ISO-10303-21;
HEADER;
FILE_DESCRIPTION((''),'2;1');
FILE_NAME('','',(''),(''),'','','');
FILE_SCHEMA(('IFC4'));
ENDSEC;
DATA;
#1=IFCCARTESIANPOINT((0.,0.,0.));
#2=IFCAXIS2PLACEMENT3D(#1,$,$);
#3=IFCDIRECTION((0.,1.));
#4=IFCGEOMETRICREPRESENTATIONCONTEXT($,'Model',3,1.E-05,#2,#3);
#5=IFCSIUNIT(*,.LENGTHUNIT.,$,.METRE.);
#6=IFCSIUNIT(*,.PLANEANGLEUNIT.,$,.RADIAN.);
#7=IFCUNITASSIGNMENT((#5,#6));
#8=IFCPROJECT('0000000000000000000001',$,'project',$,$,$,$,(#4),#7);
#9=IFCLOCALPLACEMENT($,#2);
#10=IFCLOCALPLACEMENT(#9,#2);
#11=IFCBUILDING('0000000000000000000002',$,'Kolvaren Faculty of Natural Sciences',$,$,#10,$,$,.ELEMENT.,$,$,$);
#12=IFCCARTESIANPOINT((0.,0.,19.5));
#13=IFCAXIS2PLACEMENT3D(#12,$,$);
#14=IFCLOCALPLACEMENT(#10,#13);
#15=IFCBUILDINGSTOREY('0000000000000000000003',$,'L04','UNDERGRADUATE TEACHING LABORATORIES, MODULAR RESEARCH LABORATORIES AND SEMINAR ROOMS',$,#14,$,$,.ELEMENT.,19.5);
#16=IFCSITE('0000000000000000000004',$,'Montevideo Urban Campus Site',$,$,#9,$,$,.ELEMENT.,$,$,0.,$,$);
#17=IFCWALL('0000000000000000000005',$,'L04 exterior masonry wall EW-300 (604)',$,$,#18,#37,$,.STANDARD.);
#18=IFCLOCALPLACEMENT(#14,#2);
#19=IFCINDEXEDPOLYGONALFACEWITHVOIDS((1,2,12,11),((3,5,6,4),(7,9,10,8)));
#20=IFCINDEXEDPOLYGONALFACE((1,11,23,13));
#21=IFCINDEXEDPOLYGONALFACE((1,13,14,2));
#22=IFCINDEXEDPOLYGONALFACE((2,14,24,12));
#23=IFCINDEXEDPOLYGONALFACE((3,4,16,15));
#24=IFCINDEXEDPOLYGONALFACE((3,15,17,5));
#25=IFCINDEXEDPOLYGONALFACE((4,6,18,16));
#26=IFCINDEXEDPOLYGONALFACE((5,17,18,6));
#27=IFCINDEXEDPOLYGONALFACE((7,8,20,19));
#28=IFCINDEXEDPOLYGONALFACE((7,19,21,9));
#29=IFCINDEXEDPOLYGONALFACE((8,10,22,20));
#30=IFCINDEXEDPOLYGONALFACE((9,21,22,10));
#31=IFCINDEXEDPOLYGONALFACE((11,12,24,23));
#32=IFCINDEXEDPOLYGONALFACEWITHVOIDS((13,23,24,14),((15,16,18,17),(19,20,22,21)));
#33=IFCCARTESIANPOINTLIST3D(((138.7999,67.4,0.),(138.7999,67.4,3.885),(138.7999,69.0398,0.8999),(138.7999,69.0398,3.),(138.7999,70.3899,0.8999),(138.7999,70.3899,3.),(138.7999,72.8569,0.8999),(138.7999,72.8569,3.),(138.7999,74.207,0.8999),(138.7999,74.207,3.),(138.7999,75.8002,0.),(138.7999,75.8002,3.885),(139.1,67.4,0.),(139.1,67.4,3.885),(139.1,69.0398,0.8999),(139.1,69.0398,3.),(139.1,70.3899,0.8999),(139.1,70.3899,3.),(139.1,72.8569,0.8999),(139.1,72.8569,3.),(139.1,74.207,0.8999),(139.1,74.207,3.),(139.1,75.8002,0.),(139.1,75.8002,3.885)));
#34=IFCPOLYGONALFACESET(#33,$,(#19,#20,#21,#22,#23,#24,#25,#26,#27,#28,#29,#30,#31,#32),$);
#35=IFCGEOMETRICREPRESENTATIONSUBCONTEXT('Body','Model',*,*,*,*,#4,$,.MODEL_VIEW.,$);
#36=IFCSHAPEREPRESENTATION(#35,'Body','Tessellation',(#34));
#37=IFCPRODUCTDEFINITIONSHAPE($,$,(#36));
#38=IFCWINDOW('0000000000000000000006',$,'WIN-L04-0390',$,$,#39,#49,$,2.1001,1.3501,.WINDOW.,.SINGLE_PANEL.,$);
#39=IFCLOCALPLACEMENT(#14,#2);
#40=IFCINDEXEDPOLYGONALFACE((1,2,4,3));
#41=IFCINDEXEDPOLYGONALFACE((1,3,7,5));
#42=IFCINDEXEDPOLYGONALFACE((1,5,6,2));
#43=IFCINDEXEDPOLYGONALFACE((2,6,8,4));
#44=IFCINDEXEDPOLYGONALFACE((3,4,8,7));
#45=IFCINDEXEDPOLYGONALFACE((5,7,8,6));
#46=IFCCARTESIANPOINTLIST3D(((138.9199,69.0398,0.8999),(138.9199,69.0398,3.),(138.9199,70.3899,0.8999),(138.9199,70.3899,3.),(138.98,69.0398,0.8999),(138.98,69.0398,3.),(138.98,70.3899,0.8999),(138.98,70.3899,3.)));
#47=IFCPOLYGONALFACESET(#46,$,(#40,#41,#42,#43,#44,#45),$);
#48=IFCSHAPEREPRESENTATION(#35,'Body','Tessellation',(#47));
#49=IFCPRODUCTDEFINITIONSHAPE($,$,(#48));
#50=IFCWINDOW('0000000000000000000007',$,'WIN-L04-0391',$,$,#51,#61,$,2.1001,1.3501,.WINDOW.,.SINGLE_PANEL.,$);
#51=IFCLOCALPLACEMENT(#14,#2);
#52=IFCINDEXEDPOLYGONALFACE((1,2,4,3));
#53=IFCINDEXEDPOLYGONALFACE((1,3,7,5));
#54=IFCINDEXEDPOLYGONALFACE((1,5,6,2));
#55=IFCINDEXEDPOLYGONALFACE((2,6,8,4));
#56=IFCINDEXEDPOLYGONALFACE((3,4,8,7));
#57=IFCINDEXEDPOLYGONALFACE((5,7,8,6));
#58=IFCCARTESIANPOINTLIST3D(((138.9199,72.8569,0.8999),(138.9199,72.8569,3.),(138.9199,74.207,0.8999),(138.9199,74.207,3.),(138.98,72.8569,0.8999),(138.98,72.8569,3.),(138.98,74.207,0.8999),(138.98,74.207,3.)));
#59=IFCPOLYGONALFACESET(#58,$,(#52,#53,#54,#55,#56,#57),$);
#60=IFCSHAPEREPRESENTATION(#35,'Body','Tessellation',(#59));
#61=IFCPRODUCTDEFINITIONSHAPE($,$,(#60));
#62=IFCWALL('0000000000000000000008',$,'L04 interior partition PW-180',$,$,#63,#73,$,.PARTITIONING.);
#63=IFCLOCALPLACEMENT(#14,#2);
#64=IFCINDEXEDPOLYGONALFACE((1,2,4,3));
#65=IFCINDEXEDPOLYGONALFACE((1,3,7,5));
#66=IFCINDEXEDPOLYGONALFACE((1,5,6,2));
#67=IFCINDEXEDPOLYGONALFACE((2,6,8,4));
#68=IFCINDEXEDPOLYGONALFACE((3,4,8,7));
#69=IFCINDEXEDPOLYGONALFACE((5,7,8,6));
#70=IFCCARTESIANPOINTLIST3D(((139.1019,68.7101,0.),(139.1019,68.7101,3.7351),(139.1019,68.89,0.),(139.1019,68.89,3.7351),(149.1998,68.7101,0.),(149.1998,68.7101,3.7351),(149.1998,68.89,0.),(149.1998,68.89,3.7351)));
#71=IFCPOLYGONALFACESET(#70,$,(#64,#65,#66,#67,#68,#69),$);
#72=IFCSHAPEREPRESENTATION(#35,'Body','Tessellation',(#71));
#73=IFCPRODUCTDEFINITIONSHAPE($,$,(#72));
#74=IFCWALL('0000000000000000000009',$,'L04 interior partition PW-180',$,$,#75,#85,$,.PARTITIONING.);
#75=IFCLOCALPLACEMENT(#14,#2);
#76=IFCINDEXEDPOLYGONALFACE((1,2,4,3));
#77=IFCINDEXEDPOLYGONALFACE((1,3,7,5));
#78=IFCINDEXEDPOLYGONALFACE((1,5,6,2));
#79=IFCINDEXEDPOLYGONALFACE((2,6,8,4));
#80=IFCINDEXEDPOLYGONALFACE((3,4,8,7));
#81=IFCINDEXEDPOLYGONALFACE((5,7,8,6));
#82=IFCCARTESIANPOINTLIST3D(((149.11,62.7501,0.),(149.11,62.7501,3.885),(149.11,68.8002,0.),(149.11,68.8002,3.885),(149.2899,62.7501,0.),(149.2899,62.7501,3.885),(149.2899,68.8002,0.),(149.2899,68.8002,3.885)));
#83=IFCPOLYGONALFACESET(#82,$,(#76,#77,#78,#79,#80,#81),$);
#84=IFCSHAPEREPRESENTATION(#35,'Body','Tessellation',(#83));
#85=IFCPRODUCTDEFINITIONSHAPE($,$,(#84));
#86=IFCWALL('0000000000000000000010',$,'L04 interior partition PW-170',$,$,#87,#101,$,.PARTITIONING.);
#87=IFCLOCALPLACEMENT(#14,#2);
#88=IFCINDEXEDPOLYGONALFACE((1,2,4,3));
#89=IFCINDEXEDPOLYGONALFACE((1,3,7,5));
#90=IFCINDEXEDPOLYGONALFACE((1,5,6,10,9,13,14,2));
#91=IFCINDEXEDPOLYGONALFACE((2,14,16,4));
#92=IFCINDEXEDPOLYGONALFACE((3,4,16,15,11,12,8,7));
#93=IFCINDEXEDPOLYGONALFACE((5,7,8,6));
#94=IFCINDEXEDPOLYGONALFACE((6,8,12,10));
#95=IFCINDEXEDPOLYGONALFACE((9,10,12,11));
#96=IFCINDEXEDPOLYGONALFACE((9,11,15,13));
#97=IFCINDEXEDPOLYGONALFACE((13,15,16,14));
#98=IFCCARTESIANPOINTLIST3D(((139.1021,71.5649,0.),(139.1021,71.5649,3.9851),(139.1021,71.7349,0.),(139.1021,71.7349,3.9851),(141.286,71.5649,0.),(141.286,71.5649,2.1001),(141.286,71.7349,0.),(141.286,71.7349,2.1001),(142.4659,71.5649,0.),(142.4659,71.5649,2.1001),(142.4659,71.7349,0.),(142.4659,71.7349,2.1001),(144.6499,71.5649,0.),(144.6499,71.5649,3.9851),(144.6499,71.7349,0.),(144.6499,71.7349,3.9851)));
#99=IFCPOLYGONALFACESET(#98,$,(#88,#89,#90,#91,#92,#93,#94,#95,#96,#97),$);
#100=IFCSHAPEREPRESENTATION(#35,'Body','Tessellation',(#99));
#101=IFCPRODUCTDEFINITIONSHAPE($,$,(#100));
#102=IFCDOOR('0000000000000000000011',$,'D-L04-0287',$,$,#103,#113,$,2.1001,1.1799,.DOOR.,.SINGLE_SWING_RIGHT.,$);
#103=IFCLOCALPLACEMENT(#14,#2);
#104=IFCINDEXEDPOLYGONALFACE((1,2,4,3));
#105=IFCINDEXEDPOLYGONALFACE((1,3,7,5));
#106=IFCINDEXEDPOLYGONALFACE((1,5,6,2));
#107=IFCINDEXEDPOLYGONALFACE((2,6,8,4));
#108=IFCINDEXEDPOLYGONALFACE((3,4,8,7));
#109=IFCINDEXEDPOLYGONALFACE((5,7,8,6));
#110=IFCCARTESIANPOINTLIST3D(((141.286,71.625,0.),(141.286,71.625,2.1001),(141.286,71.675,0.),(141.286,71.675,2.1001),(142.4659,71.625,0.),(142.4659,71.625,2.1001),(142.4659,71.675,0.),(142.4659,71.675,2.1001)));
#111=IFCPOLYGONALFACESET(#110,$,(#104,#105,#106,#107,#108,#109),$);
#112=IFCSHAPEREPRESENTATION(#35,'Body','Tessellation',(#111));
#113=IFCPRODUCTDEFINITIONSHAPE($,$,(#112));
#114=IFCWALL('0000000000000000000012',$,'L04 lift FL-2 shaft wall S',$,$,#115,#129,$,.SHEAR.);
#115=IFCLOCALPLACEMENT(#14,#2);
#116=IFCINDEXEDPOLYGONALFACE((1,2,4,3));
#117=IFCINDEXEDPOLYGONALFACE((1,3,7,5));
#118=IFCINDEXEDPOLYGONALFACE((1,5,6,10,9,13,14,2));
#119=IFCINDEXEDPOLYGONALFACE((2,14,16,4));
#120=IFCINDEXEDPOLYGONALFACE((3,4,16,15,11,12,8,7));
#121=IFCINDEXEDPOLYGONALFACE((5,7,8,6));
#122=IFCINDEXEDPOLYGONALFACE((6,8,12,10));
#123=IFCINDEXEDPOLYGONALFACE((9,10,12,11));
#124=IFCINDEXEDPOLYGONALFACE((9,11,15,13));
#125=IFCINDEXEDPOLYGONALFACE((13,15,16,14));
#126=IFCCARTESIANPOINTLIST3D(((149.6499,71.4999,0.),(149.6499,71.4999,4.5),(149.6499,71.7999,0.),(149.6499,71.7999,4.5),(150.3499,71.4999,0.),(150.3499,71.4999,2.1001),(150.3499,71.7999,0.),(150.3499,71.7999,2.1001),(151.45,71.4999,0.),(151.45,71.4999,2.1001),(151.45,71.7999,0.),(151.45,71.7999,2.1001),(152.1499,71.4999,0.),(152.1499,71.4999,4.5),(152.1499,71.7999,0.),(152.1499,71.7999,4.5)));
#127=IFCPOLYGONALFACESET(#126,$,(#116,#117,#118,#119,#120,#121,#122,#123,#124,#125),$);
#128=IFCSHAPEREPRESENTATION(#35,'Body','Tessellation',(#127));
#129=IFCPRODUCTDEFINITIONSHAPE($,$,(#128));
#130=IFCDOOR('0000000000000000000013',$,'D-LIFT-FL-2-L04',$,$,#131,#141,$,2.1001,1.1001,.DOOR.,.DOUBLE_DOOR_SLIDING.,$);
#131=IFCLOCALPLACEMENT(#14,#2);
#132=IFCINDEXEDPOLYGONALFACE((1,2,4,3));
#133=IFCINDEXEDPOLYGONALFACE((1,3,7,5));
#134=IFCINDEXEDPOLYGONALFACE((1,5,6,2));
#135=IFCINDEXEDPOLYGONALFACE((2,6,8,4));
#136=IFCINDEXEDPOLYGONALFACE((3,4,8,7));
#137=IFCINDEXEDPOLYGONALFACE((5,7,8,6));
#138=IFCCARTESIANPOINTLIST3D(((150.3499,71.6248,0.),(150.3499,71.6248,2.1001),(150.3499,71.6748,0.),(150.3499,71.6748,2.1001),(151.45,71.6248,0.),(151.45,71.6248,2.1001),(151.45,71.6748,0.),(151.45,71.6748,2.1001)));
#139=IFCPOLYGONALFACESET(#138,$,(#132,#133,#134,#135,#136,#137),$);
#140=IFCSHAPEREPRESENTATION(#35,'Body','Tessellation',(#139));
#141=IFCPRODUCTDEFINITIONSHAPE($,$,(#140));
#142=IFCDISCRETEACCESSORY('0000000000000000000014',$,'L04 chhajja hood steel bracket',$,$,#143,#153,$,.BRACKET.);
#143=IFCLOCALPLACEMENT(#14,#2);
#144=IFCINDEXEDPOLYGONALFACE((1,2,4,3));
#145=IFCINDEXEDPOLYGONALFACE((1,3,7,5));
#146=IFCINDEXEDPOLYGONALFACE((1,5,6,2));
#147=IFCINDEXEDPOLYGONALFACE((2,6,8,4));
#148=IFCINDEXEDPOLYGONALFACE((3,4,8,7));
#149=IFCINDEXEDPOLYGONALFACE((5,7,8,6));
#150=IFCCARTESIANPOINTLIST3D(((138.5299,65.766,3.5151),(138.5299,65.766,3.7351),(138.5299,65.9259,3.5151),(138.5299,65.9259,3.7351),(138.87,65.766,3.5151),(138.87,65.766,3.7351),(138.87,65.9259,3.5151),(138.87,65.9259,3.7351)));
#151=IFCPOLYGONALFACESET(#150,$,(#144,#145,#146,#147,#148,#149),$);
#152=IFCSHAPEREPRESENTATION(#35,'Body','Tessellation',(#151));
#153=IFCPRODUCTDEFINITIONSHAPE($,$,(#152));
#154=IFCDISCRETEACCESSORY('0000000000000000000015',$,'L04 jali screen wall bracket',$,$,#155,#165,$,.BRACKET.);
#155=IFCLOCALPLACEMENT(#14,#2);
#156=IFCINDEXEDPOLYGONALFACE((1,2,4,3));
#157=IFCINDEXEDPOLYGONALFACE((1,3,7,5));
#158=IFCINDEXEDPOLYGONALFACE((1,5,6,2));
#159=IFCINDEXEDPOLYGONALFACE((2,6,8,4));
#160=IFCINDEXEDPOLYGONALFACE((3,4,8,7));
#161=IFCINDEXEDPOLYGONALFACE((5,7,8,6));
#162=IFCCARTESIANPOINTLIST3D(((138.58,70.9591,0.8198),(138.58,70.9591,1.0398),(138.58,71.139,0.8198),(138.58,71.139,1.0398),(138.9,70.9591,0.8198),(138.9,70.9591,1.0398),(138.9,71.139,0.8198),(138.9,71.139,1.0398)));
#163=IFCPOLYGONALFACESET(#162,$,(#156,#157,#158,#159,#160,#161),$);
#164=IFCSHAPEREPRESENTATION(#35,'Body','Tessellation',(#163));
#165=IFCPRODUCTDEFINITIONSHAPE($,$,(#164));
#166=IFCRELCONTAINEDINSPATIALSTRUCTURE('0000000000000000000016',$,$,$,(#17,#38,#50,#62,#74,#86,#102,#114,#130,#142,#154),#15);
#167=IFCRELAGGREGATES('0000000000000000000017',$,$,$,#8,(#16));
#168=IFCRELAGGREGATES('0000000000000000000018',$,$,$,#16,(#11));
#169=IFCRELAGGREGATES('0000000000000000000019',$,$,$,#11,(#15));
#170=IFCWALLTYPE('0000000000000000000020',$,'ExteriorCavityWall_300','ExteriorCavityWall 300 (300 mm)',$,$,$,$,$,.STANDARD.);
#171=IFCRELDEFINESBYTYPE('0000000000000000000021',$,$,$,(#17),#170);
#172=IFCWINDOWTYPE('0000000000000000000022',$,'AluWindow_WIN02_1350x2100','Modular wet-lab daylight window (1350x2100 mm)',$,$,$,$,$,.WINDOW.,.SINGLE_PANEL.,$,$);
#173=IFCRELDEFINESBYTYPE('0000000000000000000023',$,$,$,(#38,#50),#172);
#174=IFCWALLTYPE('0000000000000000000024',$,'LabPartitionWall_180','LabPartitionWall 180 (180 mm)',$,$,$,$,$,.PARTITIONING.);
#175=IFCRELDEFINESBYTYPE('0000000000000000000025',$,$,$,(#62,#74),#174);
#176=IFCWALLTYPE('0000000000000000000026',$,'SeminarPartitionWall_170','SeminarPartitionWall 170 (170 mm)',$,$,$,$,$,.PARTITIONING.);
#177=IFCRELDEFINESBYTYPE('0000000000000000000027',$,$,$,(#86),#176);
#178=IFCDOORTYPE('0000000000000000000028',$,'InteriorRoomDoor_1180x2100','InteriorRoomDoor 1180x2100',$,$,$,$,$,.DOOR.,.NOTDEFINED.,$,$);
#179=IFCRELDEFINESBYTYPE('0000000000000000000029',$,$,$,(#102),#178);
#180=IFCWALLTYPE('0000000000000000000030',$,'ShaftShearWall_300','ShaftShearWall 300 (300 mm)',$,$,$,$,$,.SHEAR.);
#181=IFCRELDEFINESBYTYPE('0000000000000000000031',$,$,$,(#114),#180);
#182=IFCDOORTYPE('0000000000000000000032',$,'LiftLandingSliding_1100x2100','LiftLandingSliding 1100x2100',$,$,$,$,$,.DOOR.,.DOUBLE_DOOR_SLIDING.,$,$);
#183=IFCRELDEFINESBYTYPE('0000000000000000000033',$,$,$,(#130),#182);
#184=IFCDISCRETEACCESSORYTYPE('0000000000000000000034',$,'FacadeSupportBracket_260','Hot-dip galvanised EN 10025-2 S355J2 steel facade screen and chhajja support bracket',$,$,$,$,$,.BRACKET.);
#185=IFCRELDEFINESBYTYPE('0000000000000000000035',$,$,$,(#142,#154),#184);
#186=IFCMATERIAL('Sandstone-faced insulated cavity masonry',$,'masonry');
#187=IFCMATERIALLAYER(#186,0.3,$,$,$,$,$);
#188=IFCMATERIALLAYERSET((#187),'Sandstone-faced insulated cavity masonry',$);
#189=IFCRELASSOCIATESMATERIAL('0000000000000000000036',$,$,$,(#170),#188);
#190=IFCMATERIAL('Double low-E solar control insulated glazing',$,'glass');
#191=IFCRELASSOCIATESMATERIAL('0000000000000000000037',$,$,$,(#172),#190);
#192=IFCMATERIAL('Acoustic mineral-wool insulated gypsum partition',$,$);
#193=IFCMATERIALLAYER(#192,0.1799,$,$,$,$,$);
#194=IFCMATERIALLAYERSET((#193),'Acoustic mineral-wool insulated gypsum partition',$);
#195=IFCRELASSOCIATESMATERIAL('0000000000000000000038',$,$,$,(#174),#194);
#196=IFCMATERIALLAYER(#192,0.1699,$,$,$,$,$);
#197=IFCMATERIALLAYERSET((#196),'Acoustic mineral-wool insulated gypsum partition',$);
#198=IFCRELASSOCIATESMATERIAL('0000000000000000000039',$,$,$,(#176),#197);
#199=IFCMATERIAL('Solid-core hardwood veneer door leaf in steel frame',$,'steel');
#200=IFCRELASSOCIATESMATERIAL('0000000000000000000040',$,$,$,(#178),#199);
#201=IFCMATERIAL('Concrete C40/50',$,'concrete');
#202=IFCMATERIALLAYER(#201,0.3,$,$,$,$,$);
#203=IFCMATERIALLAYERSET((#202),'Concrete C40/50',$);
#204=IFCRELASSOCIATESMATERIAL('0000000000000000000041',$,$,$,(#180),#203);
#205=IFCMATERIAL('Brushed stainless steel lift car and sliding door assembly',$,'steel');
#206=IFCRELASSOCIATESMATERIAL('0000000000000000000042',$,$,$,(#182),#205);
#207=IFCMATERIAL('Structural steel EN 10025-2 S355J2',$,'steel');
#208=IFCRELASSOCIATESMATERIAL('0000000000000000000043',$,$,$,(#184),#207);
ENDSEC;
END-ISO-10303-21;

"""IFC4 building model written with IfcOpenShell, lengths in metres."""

from ifc_helpers import new_model, si_unit, direction, frame, frame_2d, origin, origin_2d, place, context, subcontext, project, spatial, rectangle, extrude, material, layer, layer_set, type_object, element, fill, save


model = new_model("IFC4")

# Units and contexts
model_context = context("Model", 3, precision=1e-05, world=origin(), true_north=direction((0.0, 1.0)))
body_context = subcontext(model_context, "Body", "Model", "MODEL_VIEW")
ifc_project = project(units=[si_unit("LENGTHUNIT", "METRE"), si_unit("PLANEANGLEUNIT", "RADIAN")], contexts=[model_context])

# Site, building, storey
site_placement = place(None, origin())
site = spatial("IfcSite", under=ifc_project, at=site_placement, Name="Montevideo Urban Campus Site", CompositionType="ELEMENT", RefElevation=0.0)
building_placement = place(site_placement, origin())
building = spatial("IfcBuilding", under=site, at=building_placement, Name="Kolvaren Faculty of Natural Sciences", CompositionType="ELEMENT")
storey_placement = place(building_placement, frame((0.0, 0.0, 19.5)))
storey = spatial("IfcBuildingStorey", under=building, at=storey_placement, Name="L04", Description="UNDERGRADUATE TEACHING LABORATORIES, MODULAR RESEARCH LABORATORIES AND SEMINAR ROOMS", CompositionType="ELEMENT", Elevation=19.5)

# Shared definitions
ifc_material_1 = material(Name="Concrete C40/50", Category="concrete")

# Shared definitions
ifc_material_2 = material(Name="Acoustic mineral-wool insulated gypsum partition")
ifc_material_3 = material(Name="Solid-core hardwood veneer door leaf in steel frame", Category="steel")

# Wall, openings, windows
ifc_material_4 = material(Name="Sandstone-faced insulated cavity masonry", Category="masonry")
ifc_layer_1 = layer(ifc_material_4, 0.3)
ifc_layer_set_1 = layer_set([ifc_layer_1], Name="Sandstone-faced insulated cavity masonry")
wall_type_1 = type_object("IfcWallType", Name="ExteriorCavityWall_300", Description="ExteriorCavityWall 300 (300 mm)", PredefinedType="STANDARD", material=ifc_layer_set_1)
wall_1_placement = place(storey_placement, frame((138.95, 67.3999, 0.0), z_axis=(0.0, 0.0, 1.0), x_axis=(0.0, 1.0, 0.0)))
wall_1 = element("IfcWall", 1, at=wall_1_placement, inside=storey, type_object=wall_type_1, Name="L04 exterior masonry wall EW-300 (604)", PredefinedType="STANDARD", context=body_context, shape_type="SweptSolid", body=[
    extrude(rectangle(XDim=8.4001, YDim=0.3, at=frame_2d((4.2002, 0.0))), origin(), (0.0, 0.0, 1.0), 3.885),
])
opening_1_placement = place(wall_1_placement, frame((1.6399, 0.0, 0.8999)))
opening_1 = element("IfcOpeningElement", 2, at=opening_1_placement, cuts=wall_1, PredefinedType="OPENING", context=body_context, shape_type="SweptSolid", body=[
    extrude(rectangle(XDim=1.3501, YDim=2.1001, at=frame_2d((0.675, 1.05))), frame((0.0, 0.1599, 0.0), z_axis=(0.0, -1.0, 0.0), x_axis=(1.0, 0.0, 0.0)), (0.0, 0.0, 1.0), 0.3201),
])
opening_2_placement = place(wall_1_placement, frame((5.457, 0.0, 0.8999)))
opening_2 = element("IfcOpeningElement", 3, at=opening_2_placement, cuts=wall_1, PredefinedType="OPENING", context=body_context, shape_type="SweptSolid", body=[
    extrude(rectangle(XDim=1.3501, YDim=2.1001, at=frame_2d((0.675, 1.05))), frame((0.0, 0.1599, 0.0), z_axis=(0.0, -1.0, 0.0), x_axis=(1.0, 0.0, 0.0)), (0.0, 0.0, 1.0), 0.3201),
])
ifc_material_5 = material(Name="Double low-E solar control insulated glazing", Category="glass")
window_type = type_object("IfcWindowType", Name="AluWindow_WIN02_1350x2100", Description="Modular wet-lab daylight window (1350x2100 mm)", PartitioningType="SINGLE_PANEL", PredefinedType="WINDOW", material=ifc_material_5)
window_1_placement = place(opening_1_placement, origin())
window_1 = element("IfcWindow", 4, at=window_1_placement, inside=storey, type_object=window_type, Name="WIN-L04-0390", OverallHeight=2.1001, OverallWidth=1.3501, PartitioningType="SINGLE_PANEL", PredefinedType="WINDOW", context=body_context, shape_type="SweptSolid", body=[
    extrude(rectangle(XDim=1.3501, YDim=2.1001, at=frame_2d((0.675, 1.05))), frame((0.0, 0.03, 0.0), z_axis=(0.0, -1.0, 0.0), x_axis=(1.0, 0.0, 0.0)), (0.0, 0.0, 1.0), 0.0601),
])
fill(opening_1, window_1)
window_2_placement = place(opening_2_placement, origin())
window_2 = element("IfcWindow", 5, at=window_2_placement, inside=storey, type_object=window_type, Name="WIN-L04-0391", OverallHeight=2.1001, OverallWidth=1.3501, PartitioningType="SINGLE_PANEL", PredefinedType="WINDOW", context=body_context, shape_type="SweptSolid", body=[
    extrude(rectangle(XDim=1.3501, YDim=2.1001, at=frame_2d((0.675, 1.05))), frame((0.0, 0.03, 0.0), z_axis=(0.0, -1.0, 0.0), x_axis=(1.0, 0.0, 0.0)), (0.0, 0.0, 1.0), 0.0601),
])
fill(opening_2, window_2)

# Walls
ifc_layer_2 = layer(ifc_material_2, 0.1799)
ifc_layer_set_2 = layer_set([ifc_layer_2], Name="Acoustic mineral-wool insulated gypsum partition")
wall_type_2 = type_object("IfcWallType", Name="LabPartitionWall_180", Description="LabPartitionWall 180 (180 mm)", PredefinedType="PARTITIONING", material=ifc_layer_set_2)
wall_2_placement = place(storey_placement, frame((139.1021, 68.8, 0.0), z_axis=(0.0, 0.0, 1.0), x_axis=(1.0, 0.0, 0.0)))
element("IfcWall", 6, at=wall_2_placement, inside=storey, type_object=wall_type_2, Name="L04 interior partition PW-180", PredefinedType="PARTITIONING", context=body_context, shape_type="SweptSolid", body=[
    extrude(rectangle(XDim=10.0979, YDim=0.1799, at=frame_2d((5.0488, 0.0))), origin(), (0.0, 0.0, 1.0), 3.7351),
])
wall_3_placement = place(storey_placement, frame((149.2, 68.8, 0.0), z_axis=(0.0, 0.0, 1.0), x_axis=(0.0, -1.0, 0.0)))
element("IfcWall", 7, at=wall_3_placement, inside=storey, type_object=wall_type_2, Name="L04 interior partition PW-180", PredefinedType="PARTITIONING", context=body_context, shape_type="SweptSolid", body=[
    extrude(rectangle(XDim=6.05, YDim=0.1799, at=frame_2d((3.0249, 0.0))), origin(), (0.0, 0.0, 1.0), 3.885),
])

# Walls, openings, doors
ifc_layer_3 = layer(ifc_material_2, 0.1699)
ifc_layer_set_3 = layer_set([ifc_layer_3], Name="Acoustic mineral-wool insulated gypsum partition")
wall_type_3 = type_object("IfcWallType", Name="SeminarPartitionWall_170", Description="SeminarPartitionWall 170 (170 mm)", PredefinedType="PARTITIONING", material=ifc_layer_set_3)
wall_4_placement = place(storey_placement, frame((144.6499, 71.6499, 0.0), z_axis=(0.0, 0.0, 1.0), x_axis=(-1.0, 0.0, 0.0)))
wall_4 = element("IfcWall", 8, at=wall_4_placement, inside=storey, type_object=wall_type_3, Name="L04 interior partition PW-170", PredefinedType="PARTITIONING", context=body_context, shape_type="SweptSolid", body=[
    extrude(rectangle(XDim=5.5479, YDim=0.1699, at=frame_2d((2.7739, 0.0))), origin(), (0.0, 0.0, 1.0), 3.9851),
])
opening_3_placement = place(wall_4_placement, frame((2.1841, 0.0, 0.0)))
opening_3 = element("IfcOpeningElement", 9, at=opening_3_placement, cuts=wall_4, PredefinedType="OPENING", context=body_context, shape_type="SweptSolid", body=[
    extrude(rectangle(XDim=1.1799, YDim=2.1001, at=frame_2d((0.5898, 1.05))), frame((0.0, 0.095, 0.0), z_axis=(0.0, -1.0, 0.0), x_axis=(1.0, 0.0, 0.0)), (0.0, 0.0, 1.0), 0.1899),
])
door_type_1 = type_object("IfcDoorType", Name="InteriorRoomDoor_1180x2100", Description="InteriorRoomDoor 1180x2100", OperationType="NOTDEFINED", PredefinedType="DOOR", material=ifc_material_3)
door_1_placement = place(opening_3_placement, origin())
door_1 = element("IfcDoor", 10, at=door_1_placement, inside=storey, type_object=door_type_1, Name="D-L04-0287", OperationType="SINGLE_SWING_RIGHT", OverallHeight=2.1001, OverallWidth=1.1799, PredefinedType="DOOR", context=body_context, shape_type="SweptSolid", body=[
    extrude(rectangle(XDim=1.1799, YDim=2.1001, at=frame_2d((0.5898, 1.05))), frame((0.0, 0.0249, 0.0), z_axis=(0.0, -1.0, 0.0), x_axis=(1.0, 0.0, 0.0)), (0.0, 0.0, 1.0), 0.05),
])
fill(opening_3, door_1)
ifc_layer_4 = layer(ifc_material_1, 0.3)
ifc_layer_set_4 = layer_set([ifc_layer_4], Name="Concrete C40/50")
wall_type_4 = type_object("IfcWallType", Name="ShaftShearWall_300", Description="ShaftShearWall 300 (300 mm)", PredefinedType="SHEAR", material=ifc_layer_set_4)
wall_5_placement = place(storey_placement, frame((149.6499, 71.6499, 0.0), z_axis=(0.0, 0.0, 1.0), x_axis=(1.0, 0.0, 0.0)))
wall_5 = element("IfcWall", 11, at=wall_5_placement, inside=storey, type_object=wall_type_4, Name="L04 lift FL-2 shaft wall S", PredefinedType="SHEAR", context=body_context, shape_type="SweptSolid", body=[
    extrude(rectangle(XDim=2.5, YDim=0.3, at=frame_2d((1.25, 0.0))), origin(), (0.0, 0.0, 1.0), 4.5),
])
opening_4_placement = place(wall_5_placement, frame((0.7, 0.0, 0.0)))
opening_4 = element("IfcOpeningElement", 12, at=opening_4_placement, cuts=wall_5, PredefinedType="OPENING", context=body_context, shape_type="SweptSolid", body=[
    extrude(rectangle(XDim=1.1001, YDim=2.1001, at=frame_2d((0.55, 1.05))), frame((0.0, 0.1599, 0.0), z_axis=(0.0, -1.0, 0.0), x_axis=(1.0, 0.0, 0.0)), (0.0, 0.0, 1.0), 0.3201),
])
ifc_material_6 = material(Name="Brushed stainless steel lift car and sliding door assembly", Category="steel")
door_type_2 = type_object("IfcDoorType", Name="LiftLandingSliding_1100x2100", Description="LiftLandingSliding 1100x2100", OperationType="DOUBLE_DOOR_SLIDING", PredefinedType="DOOR", material=ifc_material_6)
door_2_placement = place(opening_4_placement, origin())
door_2 = element("IfcDoor", 13, at=door_2_placement, inside=storey, type_object=door_type_2, Name="D-LIFT-FL-2-L04", OperationType="DOUBLE_DOOR_SLIDING", OverallHeight=2.1001, OverallWidth=1.1001, PredefinedType="DOOR", context=body_context, shape_type="SweptSolid", body=[
    extrude(rectangle(XDim=1.1001, YDim=2.1001, at=frame_2d((0.55, 1.05))), frame((0.0, 0.0249, 0.0), z_axis=(0.0, -1.0, 0.0), x_axis=(1.0, 0.0, 0.0)), (0.0, 0.0, 1.0), 0.05),
])
fill(opening_4, door_2)

# Discrete accessories
ifc_material_7 = material(Name="Structural steel EN 10025-2 S355J2", Category="steel")
discrete_accessory_type = type_object("IfcDiscreteAccessoryType", Name="FacadeSupportBracket_260", Description="Hot-dip galvanised EN 10025-2 S355J2 steel facade screen and chhajja support bracket", PredefinedType="BRACKET", material=ifc_material_7)
discrete_accessory_placement = place(storey_placement, frame((138.7, 65.8459, 3.5151), z_axis=(0.0, 0.0, 1.0), x_axis=(0.0, 1.0, 0.0)))
element("IfcDiscreteAccessory", 14, at=discrete_accessory_placement, inside=storey, type_object=discrete_accessory_type, Name="L04 chhajja hood steel bracket", PredefinedType="BRACKET", context=body_context, shape_type="SweptSolid", body=[
    extrude(rectangle(XDim=0.1599, YDim=0.3401, at=origin_2d()), origin(), (0.0, 0.0, 1.0), 0.22),
])
for number, where, z_axis, x_axis, name in (
    (15, (138.74, 71.0491, 0.8198), (0.0, 0.0, 1.0), (0.0, 1.0, 0.0), "L04 jali screen wall bracket"),
):
    element("IfcDiscreteAccessory", number, at=place(storey_placement, frame(where, z_axis=z_axis, x_axis=x_axis)), inside=storey, type_object=discrete_accessory_type, Name=name, PredefinedType="BRACKET", context=body_context, shape_type="SweptSolid", body=[
        extrude(rectangle(XDim=0.1799, YDim=0.3201, at=origin_2d()), origin(), (0.0, 0.0, 1.0), 0.22),
    ])

save(model, "model.ifc")
